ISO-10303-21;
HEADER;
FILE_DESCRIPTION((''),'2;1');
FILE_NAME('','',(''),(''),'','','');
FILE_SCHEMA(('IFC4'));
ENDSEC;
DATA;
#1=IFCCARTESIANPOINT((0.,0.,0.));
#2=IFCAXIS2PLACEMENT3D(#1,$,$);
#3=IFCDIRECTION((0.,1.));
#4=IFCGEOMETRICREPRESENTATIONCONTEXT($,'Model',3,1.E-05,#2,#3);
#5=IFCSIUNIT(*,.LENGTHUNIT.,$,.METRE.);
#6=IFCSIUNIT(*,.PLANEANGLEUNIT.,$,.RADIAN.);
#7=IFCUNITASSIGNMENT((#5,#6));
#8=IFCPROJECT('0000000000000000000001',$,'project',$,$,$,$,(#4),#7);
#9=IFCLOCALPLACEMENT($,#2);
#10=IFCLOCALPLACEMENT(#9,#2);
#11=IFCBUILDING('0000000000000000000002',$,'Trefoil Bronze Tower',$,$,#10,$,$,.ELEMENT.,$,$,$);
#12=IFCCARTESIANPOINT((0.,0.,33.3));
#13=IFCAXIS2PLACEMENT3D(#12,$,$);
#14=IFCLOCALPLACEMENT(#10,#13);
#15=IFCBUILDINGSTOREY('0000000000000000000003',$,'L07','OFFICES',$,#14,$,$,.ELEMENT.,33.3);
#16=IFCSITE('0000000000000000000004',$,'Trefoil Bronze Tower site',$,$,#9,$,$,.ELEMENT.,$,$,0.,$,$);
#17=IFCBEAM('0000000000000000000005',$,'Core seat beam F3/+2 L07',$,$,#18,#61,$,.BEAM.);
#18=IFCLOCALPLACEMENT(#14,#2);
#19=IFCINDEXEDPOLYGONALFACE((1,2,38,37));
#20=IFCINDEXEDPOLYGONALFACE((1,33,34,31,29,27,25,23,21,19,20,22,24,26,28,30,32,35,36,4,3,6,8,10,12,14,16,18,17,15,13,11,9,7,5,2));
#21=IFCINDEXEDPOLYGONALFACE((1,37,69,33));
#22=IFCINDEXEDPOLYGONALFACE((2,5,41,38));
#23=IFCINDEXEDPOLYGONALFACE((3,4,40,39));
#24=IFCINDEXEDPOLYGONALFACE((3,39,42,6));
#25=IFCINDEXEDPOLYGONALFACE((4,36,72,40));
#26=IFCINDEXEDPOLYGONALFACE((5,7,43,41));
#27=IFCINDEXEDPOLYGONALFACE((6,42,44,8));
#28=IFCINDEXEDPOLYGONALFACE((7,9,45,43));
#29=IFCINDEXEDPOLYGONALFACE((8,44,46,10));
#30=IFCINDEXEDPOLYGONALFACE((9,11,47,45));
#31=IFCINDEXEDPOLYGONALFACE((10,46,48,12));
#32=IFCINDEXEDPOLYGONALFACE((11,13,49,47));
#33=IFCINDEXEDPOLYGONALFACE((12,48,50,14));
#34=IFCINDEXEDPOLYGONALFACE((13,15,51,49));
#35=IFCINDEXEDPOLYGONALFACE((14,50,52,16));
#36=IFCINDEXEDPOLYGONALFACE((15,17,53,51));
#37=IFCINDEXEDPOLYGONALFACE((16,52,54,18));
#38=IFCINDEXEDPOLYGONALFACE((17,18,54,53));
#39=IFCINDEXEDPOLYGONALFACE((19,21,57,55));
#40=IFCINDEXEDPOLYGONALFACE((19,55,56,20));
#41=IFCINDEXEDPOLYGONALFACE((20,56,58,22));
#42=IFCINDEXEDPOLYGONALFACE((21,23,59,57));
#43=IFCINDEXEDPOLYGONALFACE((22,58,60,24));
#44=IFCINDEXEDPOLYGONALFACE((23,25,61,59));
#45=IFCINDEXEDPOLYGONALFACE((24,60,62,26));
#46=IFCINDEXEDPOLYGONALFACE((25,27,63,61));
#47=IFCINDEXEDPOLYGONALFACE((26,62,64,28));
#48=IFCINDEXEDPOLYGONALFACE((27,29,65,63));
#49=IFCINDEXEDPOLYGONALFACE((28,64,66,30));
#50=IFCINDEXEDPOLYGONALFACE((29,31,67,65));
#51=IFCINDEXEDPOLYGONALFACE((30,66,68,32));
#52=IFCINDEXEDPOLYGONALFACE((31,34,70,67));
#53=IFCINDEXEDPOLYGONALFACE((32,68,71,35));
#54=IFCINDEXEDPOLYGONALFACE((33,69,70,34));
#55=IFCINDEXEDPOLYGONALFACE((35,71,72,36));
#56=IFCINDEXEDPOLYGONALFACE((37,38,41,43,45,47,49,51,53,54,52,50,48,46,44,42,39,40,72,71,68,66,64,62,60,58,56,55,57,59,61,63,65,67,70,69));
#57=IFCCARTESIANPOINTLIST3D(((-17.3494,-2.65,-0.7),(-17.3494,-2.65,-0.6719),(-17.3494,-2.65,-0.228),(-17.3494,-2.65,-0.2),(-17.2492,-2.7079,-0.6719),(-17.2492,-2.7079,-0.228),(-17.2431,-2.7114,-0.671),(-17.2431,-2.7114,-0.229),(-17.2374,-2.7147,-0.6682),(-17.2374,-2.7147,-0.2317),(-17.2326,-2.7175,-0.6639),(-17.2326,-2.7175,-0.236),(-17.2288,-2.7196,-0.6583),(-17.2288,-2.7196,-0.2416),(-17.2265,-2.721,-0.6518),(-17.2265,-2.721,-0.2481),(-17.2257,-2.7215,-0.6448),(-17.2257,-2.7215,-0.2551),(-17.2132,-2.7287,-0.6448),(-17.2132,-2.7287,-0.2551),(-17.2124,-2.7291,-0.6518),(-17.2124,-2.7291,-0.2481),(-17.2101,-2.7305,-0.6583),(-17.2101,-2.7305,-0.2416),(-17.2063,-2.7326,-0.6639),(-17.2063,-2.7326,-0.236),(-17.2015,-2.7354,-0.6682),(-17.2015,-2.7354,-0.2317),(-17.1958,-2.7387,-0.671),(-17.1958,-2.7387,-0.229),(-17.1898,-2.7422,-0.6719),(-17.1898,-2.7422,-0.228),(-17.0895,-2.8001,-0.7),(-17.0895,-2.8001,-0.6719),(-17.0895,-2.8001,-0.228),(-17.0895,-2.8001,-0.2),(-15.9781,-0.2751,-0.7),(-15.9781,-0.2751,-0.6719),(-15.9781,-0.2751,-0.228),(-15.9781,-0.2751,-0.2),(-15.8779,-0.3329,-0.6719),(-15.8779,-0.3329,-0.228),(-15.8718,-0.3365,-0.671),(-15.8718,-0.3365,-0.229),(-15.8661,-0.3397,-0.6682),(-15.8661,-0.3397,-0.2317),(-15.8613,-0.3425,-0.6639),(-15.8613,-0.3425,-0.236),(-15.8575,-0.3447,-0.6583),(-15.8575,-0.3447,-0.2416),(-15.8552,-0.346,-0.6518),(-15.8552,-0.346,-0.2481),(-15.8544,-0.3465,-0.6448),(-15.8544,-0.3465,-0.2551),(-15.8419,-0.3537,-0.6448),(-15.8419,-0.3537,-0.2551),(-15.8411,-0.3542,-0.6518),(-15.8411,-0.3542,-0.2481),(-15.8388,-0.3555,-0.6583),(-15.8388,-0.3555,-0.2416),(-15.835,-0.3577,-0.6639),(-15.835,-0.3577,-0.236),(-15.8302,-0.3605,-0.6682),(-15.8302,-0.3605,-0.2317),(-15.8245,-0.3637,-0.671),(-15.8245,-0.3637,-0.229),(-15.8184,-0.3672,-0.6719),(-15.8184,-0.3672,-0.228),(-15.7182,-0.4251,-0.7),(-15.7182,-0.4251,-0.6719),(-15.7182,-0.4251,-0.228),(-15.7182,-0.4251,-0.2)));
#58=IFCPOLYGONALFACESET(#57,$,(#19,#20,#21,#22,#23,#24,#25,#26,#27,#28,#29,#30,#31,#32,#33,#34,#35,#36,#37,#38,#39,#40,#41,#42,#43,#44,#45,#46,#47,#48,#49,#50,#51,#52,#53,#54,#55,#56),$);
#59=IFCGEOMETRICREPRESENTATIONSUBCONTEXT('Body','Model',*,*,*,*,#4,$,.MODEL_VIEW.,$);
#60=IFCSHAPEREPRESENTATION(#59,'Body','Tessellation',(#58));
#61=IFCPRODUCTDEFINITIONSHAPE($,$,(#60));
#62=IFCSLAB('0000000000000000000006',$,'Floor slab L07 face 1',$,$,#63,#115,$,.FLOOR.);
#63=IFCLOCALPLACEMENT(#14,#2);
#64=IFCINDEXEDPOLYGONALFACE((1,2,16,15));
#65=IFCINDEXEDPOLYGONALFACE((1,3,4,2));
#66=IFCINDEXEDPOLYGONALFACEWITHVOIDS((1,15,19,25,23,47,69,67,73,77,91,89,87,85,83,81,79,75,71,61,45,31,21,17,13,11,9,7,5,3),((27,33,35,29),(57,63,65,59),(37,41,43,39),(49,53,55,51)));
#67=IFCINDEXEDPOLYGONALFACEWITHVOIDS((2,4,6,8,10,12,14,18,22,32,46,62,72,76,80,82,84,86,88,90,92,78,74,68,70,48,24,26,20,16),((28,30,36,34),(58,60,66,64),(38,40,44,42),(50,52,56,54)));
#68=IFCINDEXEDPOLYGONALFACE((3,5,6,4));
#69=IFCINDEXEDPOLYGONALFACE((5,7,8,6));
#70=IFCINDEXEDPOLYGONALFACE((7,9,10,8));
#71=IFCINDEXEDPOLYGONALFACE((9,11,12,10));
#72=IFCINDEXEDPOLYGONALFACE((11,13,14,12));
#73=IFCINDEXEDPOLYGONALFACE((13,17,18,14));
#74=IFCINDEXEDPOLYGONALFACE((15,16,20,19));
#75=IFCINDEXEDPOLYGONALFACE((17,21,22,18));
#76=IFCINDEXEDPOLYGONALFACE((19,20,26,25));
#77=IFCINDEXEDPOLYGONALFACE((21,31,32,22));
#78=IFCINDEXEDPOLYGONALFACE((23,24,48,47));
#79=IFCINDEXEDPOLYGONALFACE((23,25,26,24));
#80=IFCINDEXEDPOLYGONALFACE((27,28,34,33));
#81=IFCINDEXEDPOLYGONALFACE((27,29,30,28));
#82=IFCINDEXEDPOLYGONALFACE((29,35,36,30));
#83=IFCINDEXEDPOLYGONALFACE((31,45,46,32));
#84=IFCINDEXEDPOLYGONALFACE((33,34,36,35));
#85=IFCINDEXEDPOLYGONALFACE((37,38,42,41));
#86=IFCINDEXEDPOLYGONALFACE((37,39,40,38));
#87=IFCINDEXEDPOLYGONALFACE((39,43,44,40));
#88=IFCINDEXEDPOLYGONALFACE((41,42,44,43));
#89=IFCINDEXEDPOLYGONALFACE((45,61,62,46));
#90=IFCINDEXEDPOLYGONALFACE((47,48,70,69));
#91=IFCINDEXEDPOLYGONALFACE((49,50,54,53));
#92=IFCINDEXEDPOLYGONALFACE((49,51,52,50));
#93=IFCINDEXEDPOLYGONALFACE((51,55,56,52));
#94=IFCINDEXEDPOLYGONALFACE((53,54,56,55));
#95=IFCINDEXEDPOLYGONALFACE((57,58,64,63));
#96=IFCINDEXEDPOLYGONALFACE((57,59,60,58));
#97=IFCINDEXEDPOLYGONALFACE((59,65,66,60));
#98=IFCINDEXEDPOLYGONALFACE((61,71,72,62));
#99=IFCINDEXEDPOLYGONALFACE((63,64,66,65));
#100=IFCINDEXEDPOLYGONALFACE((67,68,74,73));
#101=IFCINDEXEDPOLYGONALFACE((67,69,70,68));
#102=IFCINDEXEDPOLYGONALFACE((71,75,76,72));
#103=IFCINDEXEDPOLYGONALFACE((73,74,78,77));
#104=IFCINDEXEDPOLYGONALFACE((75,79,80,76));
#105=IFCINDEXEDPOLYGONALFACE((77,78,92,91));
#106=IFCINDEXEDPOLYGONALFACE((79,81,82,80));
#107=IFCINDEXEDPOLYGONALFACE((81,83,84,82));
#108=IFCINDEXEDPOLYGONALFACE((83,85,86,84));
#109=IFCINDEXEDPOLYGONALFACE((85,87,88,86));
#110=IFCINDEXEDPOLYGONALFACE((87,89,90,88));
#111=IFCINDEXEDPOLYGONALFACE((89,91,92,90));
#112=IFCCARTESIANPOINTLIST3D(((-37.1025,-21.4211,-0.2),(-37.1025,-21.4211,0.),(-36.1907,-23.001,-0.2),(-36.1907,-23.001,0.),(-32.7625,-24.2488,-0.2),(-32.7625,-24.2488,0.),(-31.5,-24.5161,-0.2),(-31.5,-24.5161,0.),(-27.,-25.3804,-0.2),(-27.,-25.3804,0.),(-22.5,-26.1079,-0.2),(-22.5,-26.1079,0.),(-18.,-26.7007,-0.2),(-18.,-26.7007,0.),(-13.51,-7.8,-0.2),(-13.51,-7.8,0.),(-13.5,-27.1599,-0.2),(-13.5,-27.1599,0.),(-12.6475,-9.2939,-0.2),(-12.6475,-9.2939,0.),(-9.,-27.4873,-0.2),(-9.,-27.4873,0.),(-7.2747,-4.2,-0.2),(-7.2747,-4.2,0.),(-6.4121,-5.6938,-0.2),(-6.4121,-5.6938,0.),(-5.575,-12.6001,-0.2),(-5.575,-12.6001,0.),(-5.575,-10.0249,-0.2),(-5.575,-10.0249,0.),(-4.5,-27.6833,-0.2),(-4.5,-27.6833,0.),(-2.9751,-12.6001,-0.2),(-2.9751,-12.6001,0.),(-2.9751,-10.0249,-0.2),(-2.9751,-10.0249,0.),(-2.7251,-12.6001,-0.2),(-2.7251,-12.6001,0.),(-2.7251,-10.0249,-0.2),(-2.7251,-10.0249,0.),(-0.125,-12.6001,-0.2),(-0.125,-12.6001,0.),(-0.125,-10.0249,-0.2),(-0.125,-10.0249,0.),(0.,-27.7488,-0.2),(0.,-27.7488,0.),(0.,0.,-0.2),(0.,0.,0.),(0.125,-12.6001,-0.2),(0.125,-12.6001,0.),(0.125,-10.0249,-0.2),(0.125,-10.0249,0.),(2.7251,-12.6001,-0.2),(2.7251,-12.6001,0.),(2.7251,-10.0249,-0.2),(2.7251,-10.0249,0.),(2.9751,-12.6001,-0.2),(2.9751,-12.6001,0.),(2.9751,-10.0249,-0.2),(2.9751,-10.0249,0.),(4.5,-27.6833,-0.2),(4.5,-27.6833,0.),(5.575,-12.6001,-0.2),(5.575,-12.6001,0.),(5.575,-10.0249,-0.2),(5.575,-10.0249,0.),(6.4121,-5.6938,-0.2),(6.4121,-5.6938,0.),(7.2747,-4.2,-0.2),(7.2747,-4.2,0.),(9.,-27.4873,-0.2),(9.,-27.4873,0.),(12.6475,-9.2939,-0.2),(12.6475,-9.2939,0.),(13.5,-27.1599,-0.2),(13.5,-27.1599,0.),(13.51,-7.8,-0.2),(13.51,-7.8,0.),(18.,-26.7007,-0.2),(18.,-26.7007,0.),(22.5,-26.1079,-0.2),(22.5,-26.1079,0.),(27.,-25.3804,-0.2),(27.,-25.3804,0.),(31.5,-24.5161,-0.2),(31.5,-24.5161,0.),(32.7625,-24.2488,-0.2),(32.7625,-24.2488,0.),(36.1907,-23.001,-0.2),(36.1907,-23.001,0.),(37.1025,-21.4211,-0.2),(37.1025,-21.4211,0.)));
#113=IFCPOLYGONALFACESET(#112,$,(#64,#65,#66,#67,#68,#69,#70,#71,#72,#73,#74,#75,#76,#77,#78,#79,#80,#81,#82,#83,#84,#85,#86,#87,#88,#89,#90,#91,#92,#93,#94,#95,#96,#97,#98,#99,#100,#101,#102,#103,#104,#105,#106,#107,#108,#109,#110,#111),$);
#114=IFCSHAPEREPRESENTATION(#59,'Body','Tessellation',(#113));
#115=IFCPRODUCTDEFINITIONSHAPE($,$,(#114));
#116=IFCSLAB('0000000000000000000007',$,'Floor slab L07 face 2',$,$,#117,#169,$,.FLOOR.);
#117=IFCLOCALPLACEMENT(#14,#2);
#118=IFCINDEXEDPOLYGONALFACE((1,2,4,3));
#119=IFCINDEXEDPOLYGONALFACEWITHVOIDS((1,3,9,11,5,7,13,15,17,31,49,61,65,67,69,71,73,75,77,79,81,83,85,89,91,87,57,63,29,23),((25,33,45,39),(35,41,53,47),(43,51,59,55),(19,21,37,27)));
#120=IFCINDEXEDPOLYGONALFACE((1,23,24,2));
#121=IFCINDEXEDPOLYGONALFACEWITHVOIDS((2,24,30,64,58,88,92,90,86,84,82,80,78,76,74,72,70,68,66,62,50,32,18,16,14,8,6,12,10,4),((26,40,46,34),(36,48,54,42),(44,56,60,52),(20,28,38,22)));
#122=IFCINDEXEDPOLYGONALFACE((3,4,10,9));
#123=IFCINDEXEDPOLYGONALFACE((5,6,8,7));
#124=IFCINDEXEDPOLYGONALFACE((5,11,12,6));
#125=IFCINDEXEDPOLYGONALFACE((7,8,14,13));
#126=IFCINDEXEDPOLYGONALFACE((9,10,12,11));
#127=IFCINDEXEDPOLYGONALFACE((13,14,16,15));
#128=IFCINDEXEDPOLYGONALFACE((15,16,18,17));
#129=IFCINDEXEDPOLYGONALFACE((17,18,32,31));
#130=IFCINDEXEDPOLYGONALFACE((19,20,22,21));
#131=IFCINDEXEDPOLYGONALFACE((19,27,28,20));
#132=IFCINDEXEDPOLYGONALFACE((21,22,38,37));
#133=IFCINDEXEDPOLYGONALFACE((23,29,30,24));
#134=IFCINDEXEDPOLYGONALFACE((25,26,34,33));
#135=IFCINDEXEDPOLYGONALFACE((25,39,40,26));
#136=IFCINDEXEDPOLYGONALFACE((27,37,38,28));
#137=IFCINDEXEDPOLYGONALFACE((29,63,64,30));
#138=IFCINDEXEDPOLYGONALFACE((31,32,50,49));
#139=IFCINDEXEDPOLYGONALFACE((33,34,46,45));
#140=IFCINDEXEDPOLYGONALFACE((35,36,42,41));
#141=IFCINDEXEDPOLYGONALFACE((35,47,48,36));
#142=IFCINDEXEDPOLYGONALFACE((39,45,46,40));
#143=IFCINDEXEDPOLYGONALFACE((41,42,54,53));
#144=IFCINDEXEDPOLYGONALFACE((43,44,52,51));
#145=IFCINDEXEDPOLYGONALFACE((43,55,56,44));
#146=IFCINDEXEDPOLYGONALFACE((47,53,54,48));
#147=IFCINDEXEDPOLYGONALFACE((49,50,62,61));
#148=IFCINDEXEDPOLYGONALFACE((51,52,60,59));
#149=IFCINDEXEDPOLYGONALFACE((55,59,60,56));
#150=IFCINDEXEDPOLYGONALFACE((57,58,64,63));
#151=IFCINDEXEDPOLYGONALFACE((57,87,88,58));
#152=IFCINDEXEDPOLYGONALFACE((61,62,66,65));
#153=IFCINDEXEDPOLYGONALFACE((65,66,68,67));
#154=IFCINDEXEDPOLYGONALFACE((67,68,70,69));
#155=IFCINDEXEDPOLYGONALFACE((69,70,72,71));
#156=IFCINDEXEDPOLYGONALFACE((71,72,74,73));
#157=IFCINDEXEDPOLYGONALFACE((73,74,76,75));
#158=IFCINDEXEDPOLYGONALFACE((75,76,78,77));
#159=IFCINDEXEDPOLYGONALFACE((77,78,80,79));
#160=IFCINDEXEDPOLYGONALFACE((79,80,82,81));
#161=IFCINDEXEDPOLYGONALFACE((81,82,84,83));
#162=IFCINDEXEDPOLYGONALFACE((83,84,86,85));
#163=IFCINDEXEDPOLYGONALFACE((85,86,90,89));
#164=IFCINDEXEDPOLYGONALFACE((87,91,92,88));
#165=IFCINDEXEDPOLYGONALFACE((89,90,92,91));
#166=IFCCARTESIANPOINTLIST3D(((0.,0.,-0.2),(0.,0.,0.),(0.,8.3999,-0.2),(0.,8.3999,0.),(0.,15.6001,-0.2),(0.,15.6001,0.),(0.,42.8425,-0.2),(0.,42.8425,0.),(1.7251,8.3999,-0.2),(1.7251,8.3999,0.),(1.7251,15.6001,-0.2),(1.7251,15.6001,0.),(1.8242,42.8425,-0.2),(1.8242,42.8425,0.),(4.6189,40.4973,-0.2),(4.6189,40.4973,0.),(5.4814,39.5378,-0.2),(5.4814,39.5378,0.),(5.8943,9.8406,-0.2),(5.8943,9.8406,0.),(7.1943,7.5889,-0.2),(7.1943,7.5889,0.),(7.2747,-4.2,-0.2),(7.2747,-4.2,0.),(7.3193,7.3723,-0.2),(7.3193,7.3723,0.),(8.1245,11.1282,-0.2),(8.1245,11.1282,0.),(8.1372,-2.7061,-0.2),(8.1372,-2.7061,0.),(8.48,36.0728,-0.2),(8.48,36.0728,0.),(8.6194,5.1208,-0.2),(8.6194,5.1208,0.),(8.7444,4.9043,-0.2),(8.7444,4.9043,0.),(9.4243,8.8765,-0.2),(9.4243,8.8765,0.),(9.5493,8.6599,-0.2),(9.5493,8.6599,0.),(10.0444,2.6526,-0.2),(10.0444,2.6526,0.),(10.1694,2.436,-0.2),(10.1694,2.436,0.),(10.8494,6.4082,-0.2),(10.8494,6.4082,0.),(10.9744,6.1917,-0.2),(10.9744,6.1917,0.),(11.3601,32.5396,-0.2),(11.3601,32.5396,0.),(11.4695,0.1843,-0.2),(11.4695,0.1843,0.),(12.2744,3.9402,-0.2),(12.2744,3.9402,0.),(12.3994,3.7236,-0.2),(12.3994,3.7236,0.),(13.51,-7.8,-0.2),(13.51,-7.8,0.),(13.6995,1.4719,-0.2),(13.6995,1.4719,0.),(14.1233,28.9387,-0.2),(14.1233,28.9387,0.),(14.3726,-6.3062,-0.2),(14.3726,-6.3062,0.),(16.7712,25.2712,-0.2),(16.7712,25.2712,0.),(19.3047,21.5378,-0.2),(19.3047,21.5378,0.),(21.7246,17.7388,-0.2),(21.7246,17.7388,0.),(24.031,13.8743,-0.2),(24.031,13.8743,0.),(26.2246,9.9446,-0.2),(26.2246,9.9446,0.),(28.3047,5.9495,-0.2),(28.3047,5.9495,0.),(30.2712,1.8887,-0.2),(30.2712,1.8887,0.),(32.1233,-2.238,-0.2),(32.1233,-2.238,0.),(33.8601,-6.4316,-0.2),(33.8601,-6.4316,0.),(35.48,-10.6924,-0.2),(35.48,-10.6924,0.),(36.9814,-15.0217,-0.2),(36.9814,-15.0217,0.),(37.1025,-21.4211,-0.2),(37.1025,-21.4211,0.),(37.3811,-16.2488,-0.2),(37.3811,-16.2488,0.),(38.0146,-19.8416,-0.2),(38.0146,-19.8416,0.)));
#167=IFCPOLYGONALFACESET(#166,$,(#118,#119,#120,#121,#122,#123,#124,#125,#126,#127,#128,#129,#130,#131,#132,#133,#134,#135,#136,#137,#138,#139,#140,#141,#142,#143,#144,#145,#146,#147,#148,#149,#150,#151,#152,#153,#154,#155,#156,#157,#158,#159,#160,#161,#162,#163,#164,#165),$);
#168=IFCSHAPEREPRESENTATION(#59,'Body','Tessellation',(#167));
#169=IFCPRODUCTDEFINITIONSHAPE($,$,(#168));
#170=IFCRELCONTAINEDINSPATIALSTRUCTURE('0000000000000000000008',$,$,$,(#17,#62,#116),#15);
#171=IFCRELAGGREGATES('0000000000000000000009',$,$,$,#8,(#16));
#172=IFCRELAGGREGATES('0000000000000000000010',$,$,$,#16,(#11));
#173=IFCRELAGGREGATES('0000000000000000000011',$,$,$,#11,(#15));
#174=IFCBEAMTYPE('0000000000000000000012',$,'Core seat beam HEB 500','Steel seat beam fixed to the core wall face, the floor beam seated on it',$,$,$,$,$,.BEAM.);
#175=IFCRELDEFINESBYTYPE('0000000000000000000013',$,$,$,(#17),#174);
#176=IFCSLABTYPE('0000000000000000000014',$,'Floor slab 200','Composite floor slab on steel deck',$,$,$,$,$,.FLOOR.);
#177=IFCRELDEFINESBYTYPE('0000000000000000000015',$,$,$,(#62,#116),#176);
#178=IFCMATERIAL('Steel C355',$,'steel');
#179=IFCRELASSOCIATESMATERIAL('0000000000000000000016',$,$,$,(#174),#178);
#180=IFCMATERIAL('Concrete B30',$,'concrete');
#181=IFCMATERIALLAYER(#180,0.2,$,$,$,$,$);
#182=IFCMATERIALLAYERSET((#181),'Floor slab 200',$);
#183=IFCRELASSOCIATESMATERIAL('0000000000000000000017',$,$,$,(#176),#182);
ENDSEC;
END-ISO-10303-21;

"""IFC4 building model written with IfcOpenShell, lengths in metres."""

from ifc_helpers import new_model, si_unit, direction, frame, origin, origin_2d, place, context, subcontext, project, spatial, polyline, i_section, outline, extrude, material, layer, layer_set, material_profile, profile_set, type_object, element, save


model = new_model("IFC4")

# Units and contexts
model_context = context("Model", 3, precision=1e-05, world=origin(), true_north=direction((0.0, 1.0)))
body_context = subcontext(model_context, "Body", "Model", "MODEL_VIEW")
ifc_project = project(units=[si_unit("LENGTHUNIT", "METRE"), si_unit("PLANEANGLEUNIT", "RADIAN")], contexts=[model_context])

# Site, building, storey
site_placement = place(None, origin())
site = spatial("IfcSite", under=ifc_project, at=site_placement, Name="Trefoil Bronze Tower site", CompositionType="ELEMENT", RefElevation=0.0)
building_placement = place(site_placement, origin())
building = spatial("IfcBuilding", under=site, at=building_placement, Name="Trefoil Bronze Tower", CompositionType="ELEMENT")
storey_placement = place(building_placement, frame((0.0, 0.0, 33.3)))
storey = spatial("IfcBuildingStorey", under=building, at=storey_placement, Name="L07", Description="OFFICES", CompositionType="ELEMENT", Elevation=33.3)

# Beam
ifc_material_1 = material(Name="Steel C355", Category="steel")
ifc_material_profile = material_profile(ifc_material_1, i_section(OverallWidth=0.3, OverallDepth=0.5, WebThickness=0.0144, FlangeThickness=0.0281, FilletRadius=0.0271, at=origin_2d()), Name="HEB 500")
ifc_profile_set = profile_set([ifc_material_profile], Name="Steel C355")
beam_type = type_object("IfcBeamType", Name="Core seat beam HEB 500", Description="Steel seat beam fixed to the core wall face, the floor beam seated on it", PredefinedType="BEAM", material=ifc_profile_set)
beam_placement = place(storey_placement, frame((-15.8481, -0.3501, -0.45), z_axis=(-0.500036, -0.866005, 0.0), x_axis=(0.866005, -0.500036, 0.0)))
element("IfcBeam", 1, at=beam_placement, inside=storey, type_object=beam_type, Name="Core seat beam F3/+2 L07", PredefinedType="BEAM", context=body_context, shape_type="SweptSolid", body=[
    extrude(i_section(OverallWidth=0.3, OverallDepth=0.5, WebThickness=0.0144, FlangeThickness=0.0281, FilletRadius=0.0271, at=origin_2d()), origin(), (0.0, 0.0, 1.0), 2.7424),
])

# Slabs
ifc_material_2 = material(Name="Concrete B30", Category="concrete")
ifc_layer_1 = layer(ifc_material_2, 0.2)
ifc_layer_set_1 = layer_set([ifc_layer_1], Name="Floor slab 200")
slab_type = type_object("IfcSlabType", Name="Floor slab 200", Description="Composite floor slab on steel deck", PredefinedType="FLOOR", material=ifc_layer_set_1)
slab_1_placement = place(storey_placement, frame((0.0, 0.0, -0.2)))
element("IfcSlab", 2, at=slab_1_placement, inside=storey, type_object=slab_type, Name="Floor slab L07 face 1", PredefinedType="FLOOR", context=body_context, shape_type="SweptSolid", body=[
    extrude(outline(polyline([(27.0, -25.3804), (22.5, -26.1079), (18.0, -26.7007), (13.5, -27.1599), (9.0, -27.4873), (4.5, -27.6833), (0.0, -27.7488), (-4.5, -27.6833), (-9.0, -27.4873), (-13.5, -27.1599), (-18.0, -26.7007), (-22.5, -26.1079), (-27.0, -25.3804), (-31.5, -24.5161), (-32.7625, -24.2488), (-36.1907, -23.001), (-37.1025, -21.4211), (-13.51, -7.8), (-12.6475, -9.2939), (-6.4121, -5.6938), (-7.2747, -4.2), (0.0, 0.0), (7.2747, -4.2), (6.4121, -5.6938), (12.6475, -9.2939), (13.51, -7.8), (37.1025, -21.4211), (36.1907, -23.001), (32.7625, -24.2488), (31.5, -24.5161), (27.0, -25.3804)]), holes=[polyline([(-5.575, -10.0249), (-2.9751, -10.0249), (-2.9751, -12.6001), (-5.575, -12.6001), (-5.575, -10.0249)]), polyline([(-2.7251, -10.0249), (-0.125, -10.0249), (-0.125, -12.6001), (-2.7251, -12.6001), (-2.7251, -10.0249)]), polyline([(0.125, -10.0249), (2.7251, -10.0249), (2.7251, -12.6001), (0.125, -12.6001), (0.125, -10.0249)]), polyline([(2.9751, -10.0249), (5.575, -10.0249), (5.575, -12.6001), (2.9751, -12.6001), (2.9751, -10.0249)])]), origin(), (0.0, 0.0, 1.0), 0.2),
])
slab_2_placement = place(storey_placement, frame((0.0, 0.0, -0.2)))
element("IfcSlab", 3, at=slab_2_placement, inside=storey, type_object=slab_type, Name="Floor slab L07 face 2", PredefinedType="FLOOR", context=body_context, shape_type="SweptSolid", body=[
    extrude(outline(polyline([(8.48, 36.0728), (11.3601, 32.5396), (14.1233, 28.9387), (16.7712, 25.2712), (19.3047, 21.5378), (21.7246, 17.7388), (24.031, 13.8743), (26.2246, 9.9446), (28.3047, 5.9495), (30.2712, 1.8887), (32.1233, -2.238), (33.8601, -6.4316), (35.48, -10.6924), (36.9814, -15.0217), (37.3811, -16.2488), (38.0146, -19.8416), (37.1025, -21.4211), (13.51, -7.8), (14.3726, -6.3062), (8.1372, -2.7061), (7.2747, -4.2), (0.0, 0.0), (0.0, 8.3999), (1.7251, 8.3999), (1.7251, 15.6001), (0.0, 15.6001), (0.0, 42.8425), (1.8242, 42.8425), (4.6189, 40.4973), (5.4814, 39.5378), (8.48, 36.0728)]), holes=[polyline([(11.4695, 0.1843), (10.1694, 2.436), (12.3994, 3.7236), (13.6995, 1.4719), (11.4695, 0.1843)]), polyline([(10.0444, 2.6526), (8.7444, 4.9043), (10.9744, 6.1917), (12.2744, 3.9402), (10.0444, 2.6526)]), polyline([(8.6194, 5.1208), (7.3193, 7.3723), (9.5493, 8.6599), (10.8494, 6.4082), (8.6194, 5.1208)]), polyline([(7.1943, 7.5889), (5.8943, 9.8406), (8.1245, 11.1282), (9.4243, 8.8765), (7.1943, 7.5889)])]), origin(), (0.0, 0.0, 1.0), 0.2),
])

save(model, "model.ifc")
